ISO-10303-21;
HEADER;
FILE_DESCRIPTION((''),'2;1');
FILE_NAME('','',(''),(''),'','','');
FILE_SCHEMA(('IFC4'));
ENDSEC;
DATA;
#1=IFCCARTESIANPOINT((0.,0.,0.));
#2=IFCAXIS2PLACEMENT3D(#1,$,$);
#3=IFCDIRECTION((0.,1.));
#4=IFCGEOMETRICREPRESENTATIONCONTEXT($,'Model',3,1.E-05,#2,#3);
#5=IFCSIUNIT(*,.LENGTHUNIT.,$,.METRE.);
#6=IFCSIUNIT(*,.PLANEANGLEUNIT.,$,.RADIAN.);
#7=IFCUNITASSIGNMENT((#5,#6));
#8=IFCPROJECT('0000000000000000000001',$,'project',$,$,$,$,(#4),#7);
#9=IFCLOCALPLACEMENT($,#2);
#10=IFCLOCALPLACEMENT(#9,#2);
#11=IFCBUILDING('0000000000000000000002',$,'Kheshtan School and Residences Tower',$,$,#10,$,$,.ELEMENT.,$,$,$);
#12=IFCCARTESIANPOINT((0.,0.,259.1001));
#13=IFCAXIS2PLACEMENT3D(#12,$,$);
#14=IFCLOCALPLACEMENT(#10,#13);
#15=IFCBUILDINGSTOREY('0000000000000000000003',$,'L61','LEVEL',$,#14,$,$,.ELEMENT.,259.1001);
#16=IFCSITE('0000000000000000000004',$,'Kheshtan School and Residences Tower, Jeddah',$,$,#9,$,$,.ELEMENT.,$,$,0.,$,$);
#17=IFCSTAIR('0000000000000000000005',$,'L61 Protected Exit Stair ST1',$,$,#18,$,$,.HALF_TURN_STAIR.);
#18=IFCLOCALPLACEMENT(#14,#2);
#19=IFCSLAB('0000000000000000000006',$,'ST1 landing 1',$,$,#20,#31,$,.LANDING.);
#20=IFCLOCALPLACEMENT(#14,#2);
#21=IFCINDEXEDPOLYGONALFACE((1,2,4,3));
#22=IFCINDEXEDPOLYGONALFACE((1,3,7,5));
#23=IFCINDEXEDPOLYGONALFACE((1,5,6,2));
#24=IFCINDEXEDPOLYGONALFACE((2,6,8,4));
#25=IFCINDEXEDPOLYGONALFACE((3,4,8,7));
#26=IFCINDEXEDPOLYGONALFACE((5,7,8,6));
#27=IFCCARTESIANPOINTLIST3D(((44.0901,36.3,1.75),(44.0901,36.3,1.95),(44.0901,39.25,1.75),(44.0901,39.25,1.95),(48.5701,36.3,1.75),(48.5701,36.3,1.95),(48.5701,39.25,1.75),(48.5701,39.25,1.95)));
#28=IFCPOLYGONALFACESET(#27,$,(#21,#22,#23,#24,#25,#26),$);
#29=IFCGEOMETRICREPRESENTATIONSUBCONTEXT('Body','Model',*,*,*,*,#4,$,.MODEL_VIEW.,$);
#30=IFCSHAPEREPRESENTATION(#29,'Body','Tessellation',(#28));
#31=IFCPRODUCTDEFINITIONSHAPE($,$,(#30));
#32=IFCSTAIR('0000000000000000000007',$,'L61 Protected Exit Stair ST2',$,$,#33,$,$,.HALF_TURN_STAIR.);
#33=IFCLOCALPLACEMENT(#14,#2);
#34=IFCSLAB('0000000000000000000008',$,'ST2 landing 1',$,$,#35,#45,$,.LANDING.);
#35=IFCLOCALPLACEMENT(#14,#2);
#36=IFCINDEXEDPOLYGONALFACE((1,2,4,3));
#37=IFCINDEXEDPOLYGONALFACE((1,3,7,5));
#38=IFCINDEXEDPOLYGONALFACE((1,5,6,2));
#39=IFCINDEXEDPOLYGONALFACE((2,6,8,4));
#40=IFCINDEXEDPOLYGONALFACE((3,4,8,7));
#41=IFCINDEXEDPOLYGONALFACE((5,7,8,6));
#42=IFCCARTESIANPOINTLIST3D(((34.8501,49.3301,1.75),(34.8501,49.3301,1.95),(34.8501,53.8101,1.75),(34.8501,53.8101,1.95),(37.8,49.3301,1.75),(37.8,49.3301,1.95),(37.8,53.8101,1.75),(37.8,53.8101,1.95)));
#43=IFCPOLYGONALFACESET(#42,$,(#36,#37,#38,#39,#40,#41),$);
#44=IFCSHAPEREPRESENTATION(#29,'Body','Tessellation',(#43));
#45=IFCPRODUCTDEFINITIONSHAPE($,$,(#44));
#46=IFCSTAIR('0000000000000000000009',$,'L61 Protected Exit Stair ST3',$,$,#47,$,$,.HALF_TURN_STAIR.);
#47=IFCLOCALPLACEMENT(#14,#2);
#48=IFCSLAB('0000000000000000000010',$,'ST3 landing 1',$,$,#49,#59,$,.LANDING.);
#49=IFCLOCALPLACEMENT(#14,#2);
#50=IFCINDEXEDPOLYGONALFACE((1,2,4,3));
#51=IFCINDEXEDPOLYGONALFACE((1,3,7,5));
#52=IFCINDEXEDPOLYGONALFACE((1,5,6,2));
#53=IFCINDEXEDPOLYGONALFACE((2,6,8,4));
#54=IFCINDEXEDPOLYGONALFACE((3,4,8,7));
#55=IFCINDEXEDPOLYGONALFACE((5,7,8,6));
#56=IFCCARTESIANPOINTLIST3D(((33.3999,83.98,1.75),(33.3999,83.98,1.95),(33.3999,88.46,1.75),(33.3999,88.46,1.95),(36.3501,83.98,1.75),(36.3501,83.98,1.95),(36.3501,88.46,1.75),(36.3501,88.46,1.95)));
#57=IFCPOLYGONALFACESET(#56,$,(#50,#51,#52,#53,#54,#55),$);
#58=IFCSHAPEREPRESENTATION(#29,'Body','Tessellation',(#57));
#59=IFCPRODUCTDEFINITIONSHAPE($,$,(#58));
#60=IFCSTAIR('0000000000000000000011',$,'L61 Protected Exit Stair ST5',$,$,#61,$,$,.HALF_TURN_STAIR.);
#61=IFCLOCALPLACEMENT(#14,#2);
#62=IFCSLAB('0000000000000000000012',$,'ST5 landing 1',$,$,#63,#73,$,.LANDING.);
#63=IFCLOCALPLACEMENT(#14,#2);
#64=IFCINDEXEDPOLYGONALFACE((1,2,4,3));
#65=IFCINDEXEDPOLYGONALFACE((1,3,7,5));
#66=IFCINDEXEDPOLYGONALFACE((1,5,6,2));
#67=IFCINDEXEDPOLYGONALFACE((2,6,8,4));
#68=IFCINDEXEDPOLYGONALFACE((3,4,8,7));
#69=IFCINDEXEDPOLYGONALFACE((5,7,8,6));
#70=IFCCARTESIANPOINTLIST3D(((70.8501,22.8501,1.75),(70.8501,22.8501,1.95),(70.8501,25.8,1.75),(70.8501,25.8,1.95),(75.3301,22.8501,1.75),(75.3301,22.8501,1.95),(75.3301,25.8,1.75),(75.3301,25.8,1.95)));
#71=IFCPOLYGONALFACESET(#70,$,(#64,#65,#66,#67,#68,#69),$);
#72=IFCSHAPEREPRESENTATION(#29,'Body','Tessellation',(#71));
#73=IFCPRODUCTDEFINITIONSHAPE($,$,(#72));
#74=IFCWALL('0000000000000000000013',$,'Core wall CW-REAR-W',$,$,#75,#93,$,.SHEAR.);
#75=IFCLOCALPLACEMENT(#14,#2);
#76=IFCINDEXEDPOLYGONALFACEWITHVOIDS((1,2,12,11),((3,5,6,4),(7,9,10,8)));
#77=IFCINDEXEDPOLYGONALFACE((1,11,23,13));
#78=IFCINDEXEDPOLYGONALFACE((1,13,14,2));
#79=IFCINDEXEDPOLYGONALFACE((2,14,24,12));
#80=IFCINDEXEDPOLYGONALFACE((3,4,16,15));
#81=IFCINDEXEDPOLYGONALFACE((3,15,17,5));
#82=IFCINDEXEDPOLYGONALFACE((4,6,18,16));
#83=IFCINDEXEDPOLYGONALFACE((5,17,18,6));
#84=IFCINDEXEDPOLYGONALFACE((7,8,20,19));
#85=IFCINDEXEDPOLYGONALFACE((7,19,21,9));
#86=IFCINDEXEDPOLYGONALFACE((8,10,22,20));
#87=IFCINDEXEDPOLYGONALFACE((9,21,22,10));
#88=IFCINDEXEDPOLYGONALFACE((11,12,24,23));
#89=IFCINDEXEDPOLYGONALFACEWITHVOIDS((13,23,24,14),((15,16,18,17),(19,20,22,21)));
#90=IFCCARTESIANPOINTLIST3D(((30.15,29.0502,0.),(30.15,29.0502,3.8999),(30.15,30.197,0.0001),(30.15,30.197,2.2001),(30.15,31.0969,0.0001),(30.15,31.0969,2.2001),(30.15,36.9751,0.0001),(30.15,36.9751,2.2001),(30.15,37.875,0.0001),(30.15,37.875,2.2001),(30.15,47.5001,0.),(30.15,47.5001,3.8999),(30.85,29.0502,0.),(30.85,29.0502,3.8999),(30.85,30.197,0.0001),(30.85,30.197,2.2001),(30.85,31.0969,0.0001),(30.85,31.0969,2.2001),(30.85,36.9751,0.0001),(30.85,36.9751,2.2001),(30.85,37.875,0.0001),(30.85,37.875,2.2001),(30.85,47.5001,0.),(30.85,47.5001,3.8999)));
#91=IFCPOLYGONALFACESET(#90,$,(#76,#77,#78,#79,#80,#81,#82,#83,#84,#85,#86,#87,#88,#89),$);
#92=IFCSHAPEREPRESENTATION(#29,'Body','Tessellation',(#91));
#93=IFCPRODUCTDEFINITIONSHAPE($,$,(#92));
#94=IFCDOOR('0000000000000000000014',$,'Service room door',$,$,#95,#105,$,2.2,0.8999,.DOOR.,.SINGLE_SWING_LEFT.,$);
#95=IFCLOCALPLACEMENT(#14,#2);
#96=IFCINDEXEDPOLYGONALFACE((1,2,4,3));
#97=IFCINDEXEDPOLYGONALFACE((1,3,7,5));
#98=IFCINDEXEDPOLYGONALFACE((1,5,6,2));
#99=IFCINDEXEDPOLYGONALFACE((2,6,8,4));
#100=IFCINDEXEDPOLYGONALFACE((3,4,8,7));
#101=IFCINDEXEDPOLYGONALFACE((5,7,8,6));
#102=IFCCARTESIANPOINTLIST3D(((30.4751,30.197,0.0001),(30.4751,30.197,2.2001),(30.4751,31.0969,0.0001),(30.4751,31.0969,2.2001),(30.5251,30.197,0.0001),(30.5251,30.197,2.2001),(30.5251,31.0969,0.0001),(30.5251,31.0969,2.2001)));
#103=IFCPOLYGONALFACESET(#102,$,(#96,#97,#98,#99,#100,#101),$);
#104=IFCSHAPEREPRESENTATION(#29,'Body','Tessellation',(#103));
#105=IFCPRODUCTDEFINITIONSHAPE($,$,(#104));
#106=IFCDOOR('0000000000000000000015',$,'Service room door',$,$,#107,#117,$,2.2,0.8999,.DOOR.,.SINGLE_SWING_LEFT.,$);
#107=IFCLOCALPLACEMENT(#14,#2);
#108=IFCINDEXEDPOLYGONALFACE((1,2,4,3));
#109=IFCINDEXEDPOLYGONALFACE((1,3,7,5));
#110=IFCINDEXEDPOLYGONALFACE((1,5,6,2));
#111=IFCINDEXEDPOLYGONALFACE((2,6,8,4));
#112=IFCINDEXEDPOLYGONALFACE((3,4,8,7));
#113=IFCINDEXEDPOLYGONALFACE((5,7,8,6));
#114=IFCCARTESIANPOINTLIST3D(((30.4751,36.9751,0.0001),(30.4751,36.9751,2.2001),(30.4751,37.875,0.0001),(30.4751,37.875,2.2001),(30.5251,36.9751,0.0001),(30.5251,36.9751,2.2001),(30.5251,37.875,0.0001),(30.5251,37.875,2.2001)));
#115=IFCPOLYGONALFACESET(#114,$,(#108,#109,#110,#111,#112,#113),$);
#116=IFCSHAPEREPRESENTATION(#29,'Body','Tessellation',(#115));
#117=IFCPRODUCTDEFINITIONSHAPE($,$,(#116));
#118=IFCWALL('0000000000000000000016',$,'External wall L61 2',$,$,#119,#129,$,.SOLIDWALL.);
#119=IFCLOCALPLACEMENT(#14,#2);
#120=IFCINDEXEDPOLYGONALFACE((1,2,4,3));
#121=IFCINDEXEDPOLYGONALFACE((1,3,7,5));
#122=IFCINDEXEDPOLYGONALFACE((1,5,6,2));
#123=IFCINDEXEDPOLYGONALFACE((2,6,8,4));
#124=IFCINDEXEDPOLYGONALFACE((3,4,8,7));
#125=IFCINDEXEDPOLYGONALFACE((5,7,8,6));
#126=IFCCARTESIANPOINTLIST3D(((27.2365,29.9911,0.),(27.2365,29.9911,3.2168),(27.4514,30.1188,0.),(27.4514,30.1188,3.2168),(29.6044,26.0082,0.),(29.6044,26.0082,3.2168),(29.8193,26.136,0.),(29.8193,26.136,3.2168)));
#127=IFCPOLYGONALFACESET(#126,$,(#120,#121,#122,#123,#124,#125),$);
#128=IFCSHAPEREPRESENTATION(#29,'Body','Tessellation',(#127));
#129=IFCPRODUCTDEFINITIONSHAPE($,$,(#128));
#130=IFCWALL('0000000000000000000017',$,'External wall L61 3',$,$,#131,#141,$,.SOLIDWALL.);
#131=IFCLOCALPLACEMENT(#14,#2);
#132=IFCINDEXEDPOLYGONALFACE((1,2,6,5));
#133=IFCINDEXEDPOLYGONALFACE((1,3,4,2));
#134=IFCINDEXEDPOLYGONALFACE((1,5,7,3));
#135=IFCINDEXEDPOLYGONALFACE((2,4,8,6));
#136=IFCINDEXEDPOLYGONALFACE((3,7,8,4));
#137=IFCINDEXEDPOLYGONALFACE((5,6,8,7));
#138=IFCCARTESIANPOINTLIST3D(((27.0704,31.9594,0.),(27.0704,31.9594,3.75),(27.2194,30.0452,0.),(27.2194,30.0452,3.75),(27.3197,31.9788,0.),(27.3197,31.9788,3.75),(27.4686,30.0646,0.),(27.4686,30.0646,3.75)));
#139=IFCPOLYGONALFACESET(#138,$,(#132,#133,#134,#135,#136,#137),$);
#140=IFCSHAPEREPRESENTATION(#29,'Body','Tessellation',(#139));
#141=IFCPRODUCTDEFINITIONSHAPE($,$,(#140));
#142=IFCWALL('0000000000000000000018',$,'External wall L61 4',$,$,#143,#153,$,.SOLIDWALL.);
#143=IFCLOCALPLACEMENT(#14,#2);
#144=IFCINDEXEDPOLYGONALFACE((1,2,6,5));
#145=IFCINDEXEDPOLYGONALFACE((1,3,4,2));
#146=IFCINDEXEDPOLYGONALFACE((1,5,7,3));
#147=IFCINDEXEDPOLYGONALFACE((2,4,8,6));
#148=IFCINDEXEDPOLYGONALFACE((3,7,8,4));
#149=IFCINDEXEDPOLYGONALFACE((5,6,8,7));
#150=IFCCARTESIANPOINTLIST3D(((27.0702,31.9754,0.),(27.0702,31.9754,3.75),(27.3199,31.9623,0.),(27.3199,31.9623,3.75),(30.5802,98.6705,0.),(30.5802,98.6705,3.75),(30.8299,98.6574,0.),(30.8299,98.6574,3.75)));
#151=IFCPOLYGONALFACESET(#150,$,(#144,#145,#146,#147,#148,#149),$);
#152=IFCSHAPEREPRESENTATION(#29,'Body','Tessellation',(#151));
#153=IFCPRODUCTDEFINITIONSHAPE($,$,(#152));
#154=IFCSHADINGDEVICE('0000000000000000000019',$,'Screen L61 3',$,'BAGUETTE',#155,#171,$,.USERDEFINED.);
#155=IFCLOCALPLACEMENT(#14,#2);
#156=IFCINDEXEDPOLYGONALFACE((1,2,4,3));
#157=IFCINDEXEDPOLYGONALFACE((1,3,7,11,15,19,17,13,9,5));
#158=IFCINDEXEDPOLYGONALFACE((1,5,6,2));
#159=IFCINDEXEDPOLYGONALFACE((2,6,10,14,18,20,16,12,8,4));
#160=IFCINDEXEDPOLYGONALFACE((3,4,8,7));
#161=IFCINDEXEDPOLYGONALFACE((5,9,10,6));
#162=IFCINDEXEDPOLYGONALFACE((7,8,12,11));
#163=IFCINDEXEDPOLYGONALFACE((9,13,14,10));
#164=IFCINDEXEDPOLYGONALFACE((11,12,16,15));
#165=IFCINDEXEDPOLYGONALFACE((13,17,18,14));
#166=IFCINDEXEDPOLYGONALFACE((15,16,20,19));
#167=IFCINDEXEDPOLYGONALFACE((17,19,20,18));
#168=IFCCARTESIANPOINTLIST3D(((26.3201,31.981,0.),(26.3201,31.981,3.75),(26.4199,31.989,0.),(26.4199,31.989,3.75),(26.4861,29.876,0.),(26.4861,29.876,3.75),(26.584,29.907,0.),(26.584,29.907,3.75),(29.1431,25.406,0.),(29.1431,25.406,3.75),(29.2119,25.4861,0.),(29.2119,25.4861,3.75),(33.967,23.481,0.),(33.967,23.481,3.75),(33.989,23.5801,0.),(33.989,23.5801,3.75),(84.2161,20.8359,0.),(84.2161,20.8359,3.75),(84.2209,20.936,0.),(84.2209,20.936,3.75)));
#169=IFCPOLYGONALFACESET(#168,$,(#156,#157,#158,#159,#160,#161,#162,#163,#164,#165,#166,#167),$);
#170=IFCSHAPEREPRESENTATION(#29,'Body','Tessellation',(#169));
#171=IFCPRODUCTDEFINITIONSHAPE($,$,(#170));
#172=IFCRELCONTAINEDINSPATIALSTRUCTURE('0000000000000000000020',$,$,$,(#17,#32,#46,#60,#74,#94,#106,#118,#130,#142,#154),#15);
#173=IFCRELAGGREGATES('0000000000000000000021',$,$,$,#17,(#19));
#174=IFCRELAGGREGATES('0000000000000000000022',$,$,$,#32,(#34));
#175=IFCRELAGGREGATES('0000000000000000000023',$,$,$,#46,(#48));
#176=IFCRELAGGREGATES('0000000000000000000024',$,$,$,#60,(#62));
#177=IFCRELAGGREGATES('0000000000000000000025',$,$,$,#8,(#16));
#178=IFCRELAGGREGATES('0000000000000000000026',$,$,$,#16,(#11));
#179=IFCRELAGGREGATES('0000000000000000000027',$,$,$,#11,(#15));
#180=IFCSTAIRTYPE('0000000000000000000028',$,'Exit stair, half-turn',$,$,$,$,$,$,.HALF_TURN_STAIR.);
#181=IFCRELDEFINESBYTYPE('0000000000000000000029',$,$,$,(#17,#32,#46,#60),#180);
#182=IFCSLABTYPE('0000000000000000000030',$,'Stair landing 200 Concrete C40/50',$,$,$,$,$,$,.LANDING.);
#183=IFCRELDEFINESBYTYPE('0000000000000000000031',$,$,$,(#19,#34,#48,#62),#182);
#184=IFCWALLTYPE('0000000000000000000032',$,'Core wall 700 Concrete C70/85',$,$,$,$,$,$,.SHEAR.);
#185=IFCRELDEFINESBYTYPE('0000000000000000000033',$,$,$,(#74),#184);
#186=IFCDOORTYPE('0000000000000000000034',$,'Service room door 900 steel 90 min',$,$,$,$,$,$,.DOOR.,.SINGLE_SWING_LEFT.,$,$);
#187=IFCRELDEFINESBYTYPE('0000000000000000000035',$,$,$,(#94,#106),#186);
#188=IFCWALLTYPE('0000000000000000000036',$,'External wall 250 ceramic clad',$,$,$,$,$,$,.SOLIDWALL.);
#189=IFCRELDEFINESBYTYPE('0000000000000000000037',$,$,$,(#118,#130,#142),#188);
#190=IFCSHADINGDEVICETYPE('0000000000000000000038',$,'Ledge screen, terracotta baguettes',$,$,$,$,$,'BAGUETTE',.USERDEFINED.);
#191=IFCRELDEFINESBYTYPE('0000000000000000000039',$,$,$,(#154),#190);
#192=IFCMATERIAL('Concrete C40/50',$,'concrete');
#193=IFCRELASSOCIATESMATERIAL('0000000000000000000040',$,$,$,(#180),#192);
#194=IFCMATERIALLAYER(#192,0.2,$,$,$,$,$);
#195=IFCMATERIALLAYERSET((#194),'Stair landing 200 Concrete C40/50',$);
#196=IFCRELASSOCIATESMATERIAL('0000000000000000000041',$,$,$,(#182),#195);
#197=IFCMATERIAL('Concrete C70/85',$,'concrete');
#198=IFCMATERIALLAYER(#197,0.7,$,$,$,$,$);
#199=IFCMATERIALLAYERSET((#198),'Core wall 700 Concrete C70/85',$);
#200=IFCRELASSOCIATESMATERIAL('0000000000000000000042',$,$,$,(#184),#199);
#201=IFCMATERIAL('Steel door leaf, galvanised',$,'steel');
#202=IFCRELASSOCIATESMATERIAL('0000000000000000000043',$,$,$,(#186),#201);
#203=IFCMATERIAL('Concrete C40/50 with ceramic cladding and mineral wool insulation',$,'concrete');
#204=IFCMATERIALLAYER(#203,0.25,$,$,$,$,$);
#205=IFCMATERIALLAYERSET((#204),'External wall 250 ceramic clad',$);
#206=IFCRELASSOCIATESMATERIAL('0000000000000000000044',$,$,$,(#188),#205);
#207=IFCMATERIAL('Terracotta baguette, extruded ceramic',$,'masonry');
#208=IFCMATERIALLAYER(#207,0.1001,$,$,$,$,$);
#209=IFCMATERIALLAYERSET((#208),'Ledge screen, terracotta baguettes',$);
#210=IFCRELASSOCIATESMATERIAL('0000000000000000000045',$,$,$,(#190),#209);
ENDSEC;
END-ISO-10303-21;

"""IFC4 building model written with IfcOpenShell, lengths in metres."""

from ifc_helpers import new_model, si_unit, direction, frame, frame_2d, origin, place, context, subcontext, project, spatial, polyline, rectangle, outline, extrude, source, transform, mapped, material, layer, layer_set, type_object, element, fill, aggregate, save


model = new_model("IFC4")

# Units and contexts
model_context = context("Model", 3, precision=1e-05, world=origin(), true_north=direction((0.0, 1.0)))
body_context = subcontext(model_context, "Body", "Model", "MODEL_VIEW")
ifc_project = project(units=[si_unit("LENGTHUNIT", "METRE"), si_unit("PLANEANGLEUNIT", "RADIAN")], contexts=[model_context])

# Site, building, storey
site_placement = place(None, origin())
site = spatial("IfcSite", under=ifc_project, at=site_placement, Name="Kheshtan School and Residences Tower, Jeddah", CompositionType="ELEMENT", RefElevation=0.0)
building_placement = place(site_placement, origin())
building = spatial("IfcBuilding", under=site, at=building_placement, Name="Kheshtan School and Residences Tower", CompositionType="ELEMENT")
storey_placement = place(building_placement, frame((0.0, 0.0, 259.1001)))
storey = spatial("IfcBuildingStorey", under=building, at=storey_placement, Name="L61", Description="LEVEL", CompositionType="ELEMENT", Elevation=259.1001)

# Shared definitions
ifc_material_1 = material(Name="Concrete C40/50", Category="concrete")

# Stairs, slabs
stair_type = type_object("IfcStairType", Name="Exit stair, half-turn", PredefinedType="HALF_TURN_STAIR", material=ifc_material_1)
stair_1_placement = place(storey_placement, origin())
stair_1 = element("IfcStair", 1, at=stair_1_placement, inside=storey, type_object=stair_type, Name="L61 Protected Exit Stair ST1", PredefinedType="HALF_TURN_STAIR")
ifc_layer_1 = layer(ifc_material_1, 0.2)
ifc_layer_set_1 = layer_set([ifc_layer_1], Name="Stair landing 200 Concrete C40/50")
slab_type_1 = type_object("IfcSlabType", Name="Stair landing 200 Concrete C40/50", PredefinedType="LANDING", material=ifc_layer_set_1)
slab_1_placement = place(storey_placement, frame((0.0, 0.0, 1.75)))
slab_1 = element("IfcSlab", 2, at=slab_1_placement, type_object=slab_type_1, Name="ST1 landing 1", PredefinedType="LANDING", context=body_context, shape_type="SweptSolid", body=[
    extrude(outline(polyline([(48.5701, 39.25), (44.0901, 39.25), (44.0901, 36.3), (48.5701, 36.3), (48.5701, 39.25)])), origin(), (0.0, 0.0, 1.0), 0.2),
])
aggregate(stair_1, [slab_1])
stair_2_placement = place(storey_placement, origin())
stair_2 = element("IfcStair", 3, at=stair_2_placement, inside=storey, type_object=stair_type, Name="L61 Protected Exit Stair ST2", PredefinedType="HALF_TURN_STAIR")
slab_2_placement = place(storey_placement, frame((0.0, 0.0, 1.75)))
slab_2 = element("IfcSlab", 4, at=slab_2_placement, type_object=slab_type_1, Name="ST2 landing 1", PredefinedType="LANDING", context=body_context, shape_type="SweptSolid", body=[
    extrude(outline(polyline([(37.8, 49.3301), (37.8, 53.8101), (34.8501, 53.8101), (34.8501, 49.3301), (37.8, 49.3301)])), origin(), (0.0, 0.0, 1.0), 0.2),
])
aggregate(stair_2, [slab_2])
stair_3_placement = place(storey_placement, origin())
stair_3 = element("IfcStair", 5, at=stair_3_placement, inside=storey, type_object=stair_type, Name="L61 Protected Exit Stair ST3", PredefinedType="HALF_TURN_STAIR")
slab_3_placement = place(storey_placement, frame((0.0, 0.0, 1.75)))
slab_3 = element("IfcSlab", 6, at=slab_3_placement, type_object=slab_type_1, Name="ST3 landing 1", PredefinedType="LANDING", context=body_context, shape_type="SweptSolid", body=[
    extrude(outline(polyline([(36.3501, 83.98), (36.3501, 88.46), (33.3999, 88.46), (33.3999, 83.98), (36.3501, 83.98)])), origin(), (0.0, 0.0, 1.0), 0.2),
])
aggregate(stair_3, [slab_3])
stair_4_placement = place(storey_placement, origin())
stair_4 = element("IfcStair", 7, at=stair_4_placement, inside=storey, type_object=stair_type, Name="L61 Protected Exit Stair ST5", PredefinedType="HALF_TURN_STAIR")
slab_4_placement = place(storey_placement, frame((0.0, 0.0, 1.75)))
slab_4 = element("IfcSlab", 8, at=slab_4_placement, type_object=slab_type_1, Name="ST5 landing 1", PredefinedType="LANDING", context=body_context, shape_type="SweptSolid", body=[
    extrude(outline(polyline([(75.3301, 25.8), (70.8501, 25.8), (70.8501, 22.8501), (75.3301, 22.8501), (75.3301, 25.8)])), origin(), (0.0, 0.0, 1.0), 0.2),
])
aggregate(stair_4, [slab_4])

# Wall, openings, doors
ifc_material_2 = material(Name="Concrete C70/85", Category="concrete")
ifc_layer_2 = layer(ifc_material_2, 0.7)
ifc_layer_set_2 = layer_set([ifc_layer_2], Name="Core wall 700 Concrete C70/85")
wall_type_1 = type_object("IfcWallType", Name="Core wall 700 Concrete C70/85", PredefinedType="SHEAR", material=ifc_layer_set_2)
wall_1_placement = place(storey_placement, frame((30.5, 29.05, 0.0), z_axis=(0.0, 0.0, 1.0), x_axis=(0.0, 1.0, 0.0)))
wall_1 = element("IfcWall", 9, at=wall_1_placement, inside=storey, type_object=wall_type_1, Name="Core wall CW-REAR-W", PredefinedType="SHEAR", context=body_context, shape_type="SweptSolid", body=[
    extrude(rectangle(XDim=18.45, YDim=0.7, at=frame_2d((9.2251, 0.0))), origin(), (0.0, 0.0, 1.0), 3.8999),
])
opening_1_placement = place(wall_1_placement, frame((1.147, 0.0, 0.0)))
opening_1 = element("IfcOpeningElement", 10, at=opening_1_placement, cuts=wall_1, PredefinedType="OPENING", context=body_context, shape_type="SweptSolid", body=[
    extrude(rectangle(XDim=0.8999, YDim=2.2, at=frame_2d((0.45, 1.1001))), frame((0.0, 0.3599, 0.0), z_axis=(0.0, -1.0, 0.0), x_axis=(1.0, 0.0, 0.0)), (0.0, 0.0, 1.0), 0.72),
])
opening_2_placement = place(wall_1_placement, frame((7.925, 0.0, 0.0)))
opening_2 = element("IfcOpeningElement", 11, at=opening_2_placement, cuts=wall_1, PredefinedType="OPENING", context=body_context, shape_type="SweptSolid", body=[
    extrude(rectangle(XDim=0.8999, YDim=2.2, at=frame_2d((0.45, 1.1001))), frame((0.0, 0.3599, 0.0), z_axis=(0.0, -1.0, 0.0), x_axis=(1.0, 0.0, 0.0)), (0.0, 0.0, 1.0), 0.72),
])
ifc_material_3 = material(Name="Steel door leaf, galvanised", Category="steel")
door_type = type_object("IfcDoorType", Name="Service room door 900 steel 90 min", OperationType="SINGLE_SWING_LEFT", PredefinedType="DOOR", material=ifc_material_3)
shared_shape = source(origin(), body_context, "Body", "SweptSolid", [
    extrude(rectangle(XDim=0.8999, YDim=2.2, at=frame_2d((0.45, 1.1001))), frame((0.0, 0.0249, 0.0), z_axis=(0.0, -1.0, 0.0), x_axis=(1.0, 0.0, 0.0)), (0.0, 0.0, 1.0), 0.05),
])
door_1_placement = place(opening_1_placement, origin())
door_1 = element("IfcDoor", 12, at=door_1_placement, inside=storey, type_object=door_type, Name="Service room door", OperationType="SINGLE_SWING_LEFT", OverallHeight=2.2, OverallWidth=0.8999, PredefinedType="DOOR", context=body_context, shape_type="MappedRepresentation", body=[
    mapped(shared_shape, transform((0.0, 0.0, 0.0), x_axis=(1.0, 0.0, 0.0), y_axis=(0.0, 1.0, 0.0), z_axis=(0.0, 0.0, 1.0), scale=1.0)),
])
fill(opening_1, door_1)
door_2_placement = place(opening_2_placement, origin())
door_2 = element("IfcDoor", 13, at=door_2_placement, inside=storey, type_object=door_type, Name="Service room door", OperationType="SINGLE_SWING_LEFT", OverallHeight=2.2, OverallWidth=0.8999, PredefinedType="DOOR", context=body_context, shape_type="MappedRepresentation", body=[
    mapped(shared_shape, transform((0.0, 0.0, 0.0), x_axis=(1.0, 0.0, 0.0), y_axis=(0.0, 1.0, 0.0), z_axis=(0.0, 0.0, 1.0), scale=1.0)),
])
fill(opening_2, door_2)

# Walls
ifc_material_4 = material(Name="Concrete C40/50 with ceramic cladding and mineral wool insulation", Category="concrete")
ifc_layer_3 = layer(ifc_material_4, 0.25)
ifc_layer_set_3 = layer_set([ifc_layer_3], Name="External wall 250 ceramic clad")
wall_type_2 = type_object("IfcWallType", Name="External wall 250 ceramic clad", PredefinedType="SOLIDWALL", material=ifc_layer_set_3)
wall_2_placement = place(storey_placement, frame((29.7119, 26.072, 0.0), z_axis=(0.0, 0.0, 1.0), x_axis=(-0.511028, 0.859564, 0.0)))
element("IfcWall", 14, at=wall_2_placement, inside=storey, type_object=wall_type_2, Name="External wall L61 2", PredefinedType="SOLIDWALL", context=body_context, shape_type="SweptSolid", body=[
    extrude(rectangle(XDim=4.6335, YDim=0.25, at=frame_2d((2.3169, 0.0))), origin(), (0.0, 0.0, 1.0), 3.2168),
])
wall_3_placement = place(storey_placement, frame((27.344, 30.0549, 0.0), z_axis=(0.0, 0.0, 1.0), x_axis=(-0.077572, 0.996987, 0.0)))
element("IfcWall", 15, at=wall_3_placement, inside=storey, type_object=wall_type_2, Name="External wall L61 3", PredefinedType="SOLIDWALL", context=body_context, shape_type="SweptSolid", body=[
    extrude(rectangle(XDim=1.9199, YDim=0.25, at=frame_2d((0.96, 0.0))), origin(), (0.0, 0.0, 1.0), 3.75),
])
wall_4_placement = place(storey_placement, frame((27.1951, 31.969, 0.0), z_axis=(0.0, 0.0, 1.0), x_axis=(0.052555, 0.998618, 0.0)))
element("IfcWall", 16, at=wall_4_placement, inside=storey, type_object=wall_type_2, Name="External wall L61 4", PredefinedType="SOLIDWALL", context=body_context, shape_type="SweptSolid", body=[
    extrude(rectangle(XDim=66.7874, YDim=0.25, at=frame_2d((33.3936, 0.0))), origin(), (0.0, 0.0, 1.0), 3.75),
])

# Shading device
ifc_material_5 = material(Name="Terracotta baguette, extruded ceramic", Category="masonry")
ifc_layer_4 = layer(ifc_material_5, 0.1001)
ifc_layer_set_4 = layer_set([ifc_layer_4], Name="Ledge screen, terracotta baguettes")
shading_device_type_1 = type_object("IfcShadingDeviceType", Name="Ledge screen, terracotta baguettes", ElementType="BAGUETTE", PredefinedType="USERDEFINED", material=ifc_layer_set_4)
shading_device_1_placement = place(storey_placement, origin())
element("IfcShadingDevice", 17, at=shading_device_1_placement, inside=storey, type_object=shading_device_type_1, Name="Screen L61 3", ObjectType="BAGUETTE", PredefinedType="USERDEFINED", context=body_context, shape_type="SweptSolid", body=[
    extrude(outline(polyline([(84.2209, 20.936), (33.989, 23.5801), (29.2119, 25.4861), (26.584, 29.907), (26.4199, 31.989), (26.3201, 31.981), (26.4861, 29.876), (29.1431, 25.406), (33.967, 23.481), (84.2161, 20.8359), (84.2209, 20.936)])), origin(), (0.0, 0.0, 1.0), 3.75),
])

save(model, "model.ifc")
